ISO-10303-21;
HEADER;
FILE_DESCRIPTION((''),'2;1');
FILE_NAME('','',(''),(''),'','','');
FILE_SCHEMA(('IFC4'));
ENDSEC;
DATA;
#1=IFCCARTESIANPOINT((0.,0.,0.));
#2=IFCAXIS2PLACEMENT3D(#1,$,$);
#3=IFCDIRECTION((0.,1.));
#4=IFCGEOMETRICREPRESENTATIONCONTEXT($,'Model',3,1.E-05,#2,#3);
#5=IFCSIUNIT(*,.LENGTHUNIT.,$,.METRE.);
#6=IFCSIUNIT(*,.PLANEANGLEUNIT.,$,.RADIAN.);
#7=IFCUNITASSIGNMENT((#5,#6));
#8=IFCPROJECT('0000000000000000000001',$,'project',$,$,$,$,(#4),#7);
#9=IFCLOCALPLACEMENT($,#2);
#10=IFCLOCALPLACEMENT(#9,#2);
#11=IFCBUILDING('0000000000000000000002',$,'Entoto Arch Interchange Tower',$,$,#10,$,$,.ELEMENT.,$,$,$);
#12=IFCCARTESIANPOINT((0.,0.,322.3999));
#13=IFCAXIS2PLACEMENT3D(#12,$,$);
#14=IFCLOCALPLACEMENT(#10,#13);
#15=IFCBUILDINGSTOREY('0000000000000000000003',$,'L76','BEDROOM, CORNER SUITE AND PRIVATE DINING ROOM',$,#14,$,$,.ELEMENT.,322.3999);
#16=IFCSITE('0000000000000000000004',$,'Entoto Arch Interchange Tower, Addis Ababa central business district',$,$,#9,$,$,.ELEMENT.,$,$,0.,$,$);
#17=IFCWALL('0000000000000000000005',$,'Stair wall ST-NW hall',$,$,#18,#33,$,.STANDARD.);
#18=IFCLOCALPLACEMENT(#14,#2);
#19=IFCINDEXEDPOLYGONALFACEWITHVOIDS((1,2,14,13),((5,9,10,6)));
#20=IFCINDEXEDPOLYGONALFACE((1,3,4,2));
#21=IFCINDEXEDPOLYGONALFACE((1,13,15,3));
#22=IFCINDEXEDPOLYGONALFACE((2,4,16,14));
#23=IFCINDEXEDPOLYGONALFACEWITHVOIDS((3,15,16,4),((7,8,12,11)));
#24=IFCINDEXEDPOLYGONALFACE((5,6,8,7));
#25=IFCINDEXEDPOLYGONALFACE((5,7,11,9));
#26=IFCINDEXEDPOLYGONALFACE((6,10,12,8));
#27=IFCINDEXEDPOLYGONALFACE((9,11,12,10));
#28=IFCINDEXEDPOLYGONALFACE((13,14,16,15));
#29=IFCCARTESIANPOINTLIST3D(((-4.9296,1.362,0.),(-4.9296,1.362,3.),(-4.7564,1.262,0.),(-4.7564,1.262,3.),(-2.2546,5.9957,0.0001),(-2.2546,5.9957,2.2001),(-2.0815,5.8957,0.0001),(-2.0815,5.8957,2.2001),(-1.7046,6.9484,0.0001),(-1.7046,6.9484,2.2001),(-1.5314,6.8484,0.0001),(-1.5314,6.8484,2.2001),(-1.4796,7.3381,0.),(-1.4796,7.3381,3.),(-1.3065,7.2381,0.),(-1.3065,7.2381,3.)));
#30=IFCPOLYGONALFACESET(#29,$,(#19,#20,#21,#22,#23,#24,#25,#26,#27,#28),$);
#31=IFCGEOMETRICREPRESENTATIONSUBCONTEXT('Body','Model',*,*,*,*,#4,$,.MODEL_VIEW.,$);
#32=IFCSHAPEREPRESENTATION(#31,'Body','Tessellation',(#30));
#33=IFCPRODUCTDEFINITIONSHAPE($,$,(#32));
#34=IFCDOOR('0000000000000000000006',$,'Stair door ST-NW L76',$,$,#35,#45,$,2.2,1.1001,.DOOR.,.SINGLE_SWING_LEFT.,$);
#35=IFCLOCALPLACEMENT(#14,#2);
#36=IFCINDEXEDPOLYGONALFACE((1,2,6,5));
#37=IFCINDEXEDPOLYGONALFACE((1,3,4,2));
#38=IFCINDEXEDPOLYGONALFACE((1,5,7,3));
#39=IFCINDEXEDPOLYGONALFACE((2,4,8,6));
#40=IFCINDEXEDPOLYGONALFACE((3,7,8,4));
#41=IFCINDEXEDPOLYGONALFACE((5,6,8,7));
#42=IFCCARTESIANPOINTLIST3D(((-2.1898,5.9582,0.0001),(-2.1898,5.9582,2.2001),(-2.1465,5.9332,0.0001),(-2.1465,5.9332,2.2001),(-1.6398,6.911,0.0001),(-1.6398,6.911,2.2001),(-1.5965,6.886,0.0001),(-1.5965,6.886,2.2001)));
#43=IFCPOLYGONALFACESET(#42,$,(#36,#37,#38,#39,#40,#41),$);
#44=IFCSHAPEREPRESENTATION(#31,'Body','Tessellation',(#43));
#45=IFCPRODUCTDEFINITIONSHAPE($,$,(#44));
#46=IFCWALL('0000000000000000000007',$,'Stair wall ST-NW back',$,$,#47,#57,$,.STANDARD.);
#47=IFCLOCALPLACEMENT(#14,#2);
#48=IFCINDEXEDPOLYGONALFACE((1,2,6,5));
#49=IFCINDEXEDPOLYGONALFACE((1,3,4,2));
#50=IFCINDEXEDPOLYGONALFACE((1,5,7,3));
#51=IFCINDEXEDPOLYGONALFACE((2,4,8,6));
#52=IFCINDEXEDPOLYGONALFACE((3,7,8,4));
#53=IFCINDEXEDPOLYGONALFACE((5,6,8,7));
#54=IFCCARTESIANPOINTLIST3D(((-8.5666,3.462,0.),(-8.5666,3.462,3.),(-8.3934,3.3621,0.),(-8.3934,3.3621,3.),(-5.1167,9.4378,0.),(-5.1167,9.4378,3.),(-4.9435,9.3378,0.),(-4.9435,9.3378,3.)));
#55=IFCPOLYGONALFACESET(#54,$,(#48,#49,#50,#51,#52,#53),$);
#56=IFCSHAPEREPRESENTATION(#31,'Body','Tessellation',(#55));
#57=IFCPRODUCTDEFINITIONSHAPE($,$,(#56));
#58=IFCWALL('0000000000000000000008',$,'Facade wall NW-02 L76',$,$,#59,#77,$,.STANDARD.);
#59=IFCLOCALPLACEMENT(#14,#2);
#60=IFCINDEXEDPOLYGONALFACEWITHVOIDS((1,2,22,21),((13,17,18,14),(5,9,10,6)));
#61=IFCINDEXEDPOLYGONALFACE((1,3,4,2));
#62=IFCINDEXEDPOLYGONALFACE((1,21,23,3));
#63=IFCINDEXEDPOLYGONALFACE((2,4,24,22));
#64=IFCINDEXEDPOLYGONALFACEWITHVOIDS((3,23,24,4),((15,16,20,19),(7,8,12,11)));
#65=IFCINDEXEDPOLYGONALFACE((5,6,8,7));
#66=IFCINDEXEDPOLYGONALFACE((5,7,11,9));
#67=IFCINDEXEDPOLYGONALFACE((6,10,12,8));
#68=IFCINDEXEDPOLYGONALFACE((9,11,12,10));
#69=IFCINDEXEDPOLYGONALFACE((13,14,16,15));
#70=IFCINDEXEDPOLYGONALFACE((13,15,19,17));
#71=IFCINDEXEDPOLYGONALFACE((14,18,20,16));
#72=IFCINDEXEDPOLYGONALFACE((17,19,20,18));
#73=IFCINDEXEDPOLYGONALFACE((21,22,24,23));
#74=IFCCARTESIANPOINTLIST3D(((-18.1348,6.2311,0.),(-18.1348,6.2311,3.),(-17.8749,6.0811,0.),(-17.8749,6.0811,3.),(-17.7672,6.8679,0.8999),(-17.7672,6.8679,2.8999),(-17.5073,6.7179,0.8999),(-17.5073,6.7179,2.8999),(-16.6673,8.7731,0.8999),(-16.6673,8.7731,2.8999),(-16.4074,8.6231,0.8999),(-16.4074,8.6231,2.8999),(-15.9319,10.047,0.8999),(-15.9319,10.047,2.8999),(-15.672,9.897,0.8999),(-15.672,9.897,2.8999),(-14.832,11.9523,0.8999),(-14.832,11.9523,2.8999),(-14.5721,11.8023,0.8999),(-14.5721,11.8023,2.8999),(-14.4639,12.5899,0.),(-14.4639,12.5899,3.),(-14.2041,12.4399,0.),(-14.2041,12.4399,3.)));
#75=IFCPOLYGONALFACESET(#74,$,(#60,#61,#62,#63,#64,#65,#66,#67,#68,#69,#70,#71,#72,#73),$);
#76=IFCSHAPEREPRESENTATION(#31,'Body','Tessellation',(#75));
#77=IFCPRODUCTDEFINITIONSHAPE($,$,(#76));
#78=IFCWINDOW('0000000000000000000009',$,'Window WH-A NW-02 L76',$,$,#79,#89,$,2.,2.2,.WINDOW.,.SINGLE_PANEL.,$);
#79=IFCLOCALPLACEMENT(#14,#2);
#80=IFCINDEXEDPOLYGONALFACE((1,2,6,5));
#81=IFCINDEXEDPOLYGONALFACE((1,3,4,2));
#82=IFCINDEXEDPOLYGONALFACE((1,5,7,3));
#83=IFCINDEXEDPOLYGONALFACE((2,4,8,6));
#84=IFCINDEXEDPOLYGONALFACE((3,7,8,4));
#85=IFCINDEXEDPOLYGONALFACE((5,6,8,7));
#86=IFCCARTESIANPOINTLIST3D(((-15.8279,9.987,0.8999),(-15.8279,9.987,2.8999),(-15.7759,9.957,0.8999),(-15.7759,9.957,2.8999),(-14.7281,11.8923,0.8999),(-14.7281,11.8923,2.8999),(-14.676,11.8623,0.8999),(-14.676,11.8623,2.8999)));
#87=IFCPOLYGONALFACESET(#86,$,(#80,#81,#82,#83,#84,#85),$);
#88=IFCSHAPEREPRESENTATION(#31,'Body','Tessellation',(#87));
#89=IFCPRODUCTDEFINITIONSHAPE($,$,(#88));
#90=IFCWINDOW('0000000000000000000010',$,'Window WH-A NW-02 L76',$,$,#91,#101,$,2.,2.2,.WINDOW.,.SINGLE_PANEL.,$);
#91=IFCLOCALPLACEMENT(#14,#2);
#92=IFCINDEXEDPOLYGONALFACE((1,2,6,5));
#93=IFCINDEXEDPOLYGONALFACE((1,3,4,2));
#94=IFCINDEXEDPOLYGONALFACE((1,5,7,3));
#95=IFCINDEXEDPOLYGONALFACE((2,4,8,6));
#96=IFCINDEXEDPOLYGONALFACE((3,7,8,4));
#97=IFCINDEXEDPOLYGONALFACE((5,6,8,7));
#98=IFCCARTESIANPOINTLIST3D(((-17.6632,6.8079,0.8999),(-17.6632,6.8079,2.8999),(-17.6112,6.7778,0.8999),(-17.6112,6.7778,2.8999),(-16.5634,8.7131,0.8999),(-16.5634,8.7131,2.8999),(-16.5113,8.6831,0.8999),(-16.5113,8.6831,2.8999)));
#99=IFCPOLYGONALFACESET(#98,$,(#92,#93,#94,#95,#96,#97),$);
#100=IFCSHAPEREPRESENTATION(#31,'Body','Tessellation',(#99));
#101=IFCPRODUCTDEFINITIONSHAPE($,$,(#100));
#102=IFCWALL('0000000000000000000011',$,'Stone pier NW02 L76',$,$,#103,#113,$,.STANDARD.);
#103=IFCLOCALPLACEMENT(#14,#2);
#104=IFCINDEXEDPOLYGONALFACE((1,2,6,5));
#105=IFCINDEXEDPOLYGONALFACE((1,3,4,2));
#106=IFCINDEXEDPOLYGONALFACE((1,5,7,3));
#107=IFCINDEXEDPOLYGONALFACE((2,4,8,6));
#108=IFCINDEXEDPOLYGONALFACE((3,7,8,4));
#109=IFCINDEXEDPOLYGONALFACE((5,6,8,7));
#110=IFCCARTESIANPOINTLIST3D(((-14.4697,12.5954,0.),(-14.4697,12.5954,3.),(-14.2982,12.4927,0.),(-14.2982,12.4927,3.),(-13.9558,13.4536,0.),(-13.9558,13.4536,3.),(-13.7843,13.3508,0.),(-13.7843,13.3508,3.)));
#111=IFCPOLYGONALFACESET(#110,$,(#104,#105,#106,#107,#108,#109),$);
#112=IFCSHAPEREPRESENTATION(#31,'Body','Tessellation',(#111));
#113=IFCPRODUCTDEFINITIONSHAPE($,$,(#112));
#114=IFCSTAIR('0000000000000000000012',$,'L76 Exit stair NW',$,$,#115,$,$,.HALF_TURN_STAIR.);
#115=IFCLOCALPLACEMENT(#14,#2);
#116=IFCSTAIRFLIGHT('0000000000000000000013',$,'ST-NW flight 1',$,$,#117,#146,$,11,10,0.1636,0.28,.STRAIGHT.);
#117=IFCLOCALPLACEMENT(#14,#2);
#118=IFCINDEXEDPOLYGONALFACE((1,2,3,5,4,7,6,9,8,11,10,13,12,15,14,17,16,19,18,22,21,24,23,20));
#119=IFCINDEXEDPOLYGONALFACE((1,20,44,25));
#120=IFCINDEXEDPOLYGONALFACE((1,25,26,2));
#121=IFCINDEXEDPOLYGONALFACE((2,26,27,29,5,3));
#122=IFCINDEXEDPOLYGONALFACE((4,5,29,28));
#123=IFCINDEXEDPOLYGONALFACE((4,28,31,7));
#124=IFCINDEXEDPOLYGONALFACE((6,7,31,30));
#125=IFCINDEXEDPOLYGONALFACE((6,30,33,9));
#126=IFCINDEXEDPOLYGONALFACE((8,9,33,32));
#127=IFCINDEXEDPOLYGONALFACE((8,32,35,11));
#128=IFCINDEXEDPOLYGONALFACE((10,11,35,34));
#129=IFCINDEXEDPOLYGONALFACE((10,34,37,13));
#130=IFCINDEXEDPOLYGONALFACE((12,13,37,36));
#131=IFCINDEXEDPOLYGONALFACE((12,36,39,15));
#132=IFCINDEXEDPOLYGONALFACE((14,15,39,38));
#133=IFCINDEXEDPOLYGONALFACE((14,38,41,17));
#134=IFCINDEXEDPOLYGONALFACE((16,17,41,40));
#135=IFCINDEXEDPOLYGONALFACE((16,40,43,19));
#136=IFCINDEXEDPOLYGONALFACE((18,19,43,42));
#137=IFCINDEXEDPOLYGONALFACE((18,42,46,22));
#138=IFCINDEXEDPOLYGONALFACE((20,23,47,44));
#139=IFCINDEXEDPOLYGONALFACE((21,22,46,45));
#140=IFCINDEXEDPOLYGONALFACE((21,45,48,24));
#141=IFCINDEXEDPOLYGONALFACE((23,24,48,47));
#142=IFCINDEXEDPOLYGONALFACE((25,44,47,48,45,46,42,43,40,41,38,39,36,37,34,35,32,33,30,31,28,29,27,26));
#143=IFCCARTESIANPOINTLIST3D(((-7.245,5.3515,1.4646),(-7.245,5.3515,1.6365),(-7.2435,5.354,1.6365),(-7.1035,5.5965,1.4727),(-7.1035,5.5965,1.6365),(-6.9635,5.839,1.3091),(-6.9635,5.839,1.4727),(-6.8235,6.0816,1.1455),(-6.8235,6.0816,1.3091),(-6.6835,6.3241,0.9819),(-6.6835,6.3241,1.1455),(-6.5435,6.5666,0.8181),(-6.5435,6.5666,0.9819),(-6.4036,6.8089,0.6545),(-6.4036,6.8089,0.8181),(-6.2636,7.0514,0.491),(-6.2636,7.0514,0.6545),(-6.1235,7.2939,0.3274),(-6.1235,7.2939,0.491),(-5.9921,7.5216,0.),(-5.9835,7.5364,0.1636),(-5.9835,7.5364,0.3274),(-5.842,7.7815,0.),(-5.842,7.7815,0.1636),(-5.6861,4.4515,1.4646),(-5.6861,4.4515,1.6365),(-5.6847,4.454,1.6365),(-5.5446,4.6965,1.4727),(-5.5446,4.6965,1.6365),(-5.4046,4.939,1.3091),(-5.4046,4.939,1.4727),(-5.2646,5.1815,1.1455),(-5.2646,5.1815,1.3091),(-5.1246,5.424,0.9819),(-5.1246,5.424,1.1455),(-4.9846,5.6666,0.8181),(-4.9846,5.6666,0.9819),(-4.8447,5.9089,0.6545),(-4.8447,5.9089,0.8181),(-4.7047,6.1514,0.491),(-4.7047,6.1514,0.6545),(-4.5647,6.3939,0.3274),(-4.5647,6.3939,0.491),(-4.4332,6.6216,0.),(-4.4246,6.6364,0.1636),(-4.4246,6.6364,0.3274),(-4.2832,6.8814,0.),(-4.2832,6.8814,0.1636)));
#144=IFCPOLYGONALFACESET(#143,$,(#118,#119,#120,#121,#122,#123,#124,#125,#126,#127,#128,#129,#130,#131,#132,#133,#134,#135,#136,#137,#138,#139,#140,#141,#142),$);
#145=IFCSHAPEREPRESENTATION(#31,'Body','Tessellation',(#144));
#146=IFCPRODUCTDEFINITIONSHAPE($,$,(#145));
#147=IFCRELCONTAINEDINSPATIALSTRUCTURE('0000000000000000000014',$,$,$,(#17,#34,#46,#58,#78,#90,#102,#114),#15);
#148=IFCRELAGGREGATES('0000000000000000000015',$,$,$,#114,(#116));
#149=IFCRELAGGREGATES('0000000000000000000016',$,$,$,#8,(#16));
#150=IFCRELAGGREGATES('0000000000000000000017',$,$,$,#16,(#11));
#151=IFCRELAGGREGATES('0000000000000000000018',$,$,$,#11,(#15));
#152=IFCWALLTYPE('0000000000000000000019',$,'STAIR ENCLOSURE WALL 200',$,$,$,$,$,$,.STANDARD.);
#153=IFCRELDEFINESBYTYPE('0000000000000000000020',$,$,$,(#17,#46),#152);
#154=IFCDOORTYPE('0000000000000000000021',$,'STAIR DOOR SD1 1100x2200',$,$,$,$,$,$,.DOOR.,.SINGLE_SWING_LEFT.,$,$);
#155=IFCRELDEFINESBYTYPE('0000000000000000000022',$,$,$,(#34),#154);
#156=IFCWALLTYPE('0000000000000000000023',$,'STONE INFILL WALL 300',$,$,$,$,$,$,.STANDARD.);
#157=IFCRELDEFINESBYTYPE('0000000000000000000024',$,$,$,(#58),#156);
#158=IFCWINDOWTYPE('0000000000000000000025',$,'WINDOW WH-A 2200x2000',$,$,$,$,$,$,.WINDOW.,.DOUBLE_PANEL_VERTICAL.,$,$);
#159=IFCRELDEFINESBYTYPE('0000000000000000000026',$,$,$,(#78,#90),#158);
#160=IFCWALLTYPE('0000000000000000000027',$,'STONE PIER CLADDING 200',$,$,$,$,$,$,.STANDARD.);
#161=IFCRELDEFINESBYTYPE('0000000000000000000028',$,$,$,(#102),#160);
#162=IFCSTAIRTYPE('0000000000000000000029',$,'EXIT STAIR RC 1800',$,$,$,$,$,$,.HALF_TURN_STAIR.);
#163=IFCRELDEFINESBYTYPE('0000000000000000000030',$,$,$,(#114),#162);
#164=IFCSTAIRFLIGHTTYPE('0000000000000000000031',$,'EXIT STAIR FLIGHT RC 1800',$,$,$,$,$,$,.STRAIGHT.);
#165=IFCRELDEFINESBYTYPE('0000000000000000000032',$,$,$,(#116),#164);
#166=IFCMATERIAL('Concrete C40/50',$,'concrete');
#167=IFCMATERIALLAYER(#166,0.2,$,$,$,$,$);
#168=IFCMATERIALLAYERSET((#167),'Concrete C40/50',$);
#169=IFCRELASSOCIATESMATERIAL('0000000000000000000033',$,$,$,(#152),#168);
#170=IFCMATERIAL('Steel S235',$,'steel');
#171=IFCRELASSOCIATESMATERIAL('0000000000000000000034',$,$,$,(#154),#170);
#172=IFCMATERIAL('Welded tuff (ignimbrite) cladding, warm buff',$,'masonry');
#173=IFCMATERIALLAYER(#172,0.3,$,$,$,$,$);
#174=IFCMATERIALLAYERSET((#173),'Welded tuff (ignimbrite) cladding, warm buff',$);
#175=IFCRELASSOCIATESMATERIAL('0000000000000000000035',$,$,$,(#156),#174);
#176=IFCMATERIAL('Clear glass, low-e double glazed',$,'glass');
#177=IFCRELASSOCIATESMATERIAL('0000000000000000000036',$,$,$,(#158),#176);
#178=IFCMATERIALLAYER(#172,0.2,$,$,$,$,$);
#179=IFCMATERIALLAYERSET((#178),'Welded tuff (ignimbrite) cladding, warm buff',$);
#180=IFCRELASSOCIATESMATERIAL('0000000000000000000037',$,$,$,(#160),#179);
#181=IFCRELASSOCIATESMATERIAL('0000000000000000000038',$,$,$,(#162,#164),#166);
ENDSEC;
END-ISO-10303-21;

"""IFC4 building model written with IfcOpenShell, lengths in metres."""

from ifc_helpers import new_model, si_unit, direction, frame, frame_2d, origin, place, context, subcontext, project, spatial, polyline, rectangle, outline, extrude, material, layer, layer_set, type_object, element, fill, aggregate, save


model = new_model("IFC4")

# Units and contexts
model_context = context("Model", 3, precision=1e-05, world=origin(), true_north=direction((0.0, 1.0)))
body_context = subcontext(model_context, "Body", "Model", "MODEL_VIEW")
ifc_project = project(units=[si_unit("LENGTHUNIT", "METRE"), si_unit("PLANEANGLEUNIT", "RADIAN")], contexts=[model_context])

# Site, building, storey
site_placement = place(None, origin())
site = spatial("IfcSite", under=ifc_project, at=site_placement, Name="Entoto Arch Interchange Tower, Addis Ababa central business district", CompositionType="ELEMENT", RefElevation=0.0)
building_placement = place(site_placement, origin())
building = spatial("IfcBuilding", under=site, at=building_placement, Name="Entoto Arch Interchange Tower", CompositionType="ELEMENT")
storey_placement = place(building_placement, frame((0.0, 0.0, 322.3999)))
storey = spatial("IfcBuildingStorey", under=building, at=storey_placement, Name="L76", Description="BEDROOM, CORNER SUITE AND PRIVATE DINING ROOM", CompositionType="ELEMENT", Elevation=322.3999)

# Shared definitions
ifc_material_1 = material(Name="Concrete C40/50", Category="concrete")

# Wall, opening, door
ifc_layer_1 = layer(ifc_material_1, 0.2)
ifc_layer_set_1 = layer_set([ifc_layer_1], Name="Concrete C40/50")
wall_type_1 = type_object("IfcWallType", Name="STAIR ENCLOSURE WALL 200", PredefinedType="STANDARD", material=ifc_layer_set_1)
ifc_material_2 = material(Name="Steel S235", Category="steel")
door_type_1 = type_object("IfcDoorType", Name="STAIR DOOR SD1 1100x2200", OperationType="SINGLE_SWING_LEFT", PredefinedType="DOOR", material=ifc_material_2)
wall_1_placement = place(storey_placement, frame((-1.3931, 7.2881, 0.0), z_axis=(0.0, 0.0, 1.0), x_axis=(-0.499963, -0.866047, 0.0)))
wall_1 = element("IfcWall", 1, at=wall_1_placement, inside=storey, type_object=wall_type_1, Name="Stair wall ST-NW hall", PredefinedType="STANDARD", context=body_context, shape_type="SweptSolid", body=[
    extrude(rectangle(XDim=6.9004, YDim=0.2, at=frame_2d((3.4502, 0.0))), origin(), (0.0, 0.0, 1.0), 3.0),
])
opening_1_placement = place(wall_1_placement, frame((0.45, 0.0, 0.0)))
opening_1 = element("IfcOpeningElement", 2, at=opening_1_placement, cuts=wall_1, PredefinedType="OPENING", context=body_context, shape_type="SweptSolid", body=[
    extrude(rectangle(XDim=1.1001, YDim=2.2, at=frame_2d((0.55, 1.1001))), frame((0.0, 0.1099, 0.0), z_axis=(0.0, -1.0, 0.0), x_axis=(1.0, 0.0, 0.0)), (0.0, 0.0, 1.0), 0.22),
])
door_1_placement = place(opening_1_placement, origin())
door_1 = element("IfcDoor", 3, at=door_1_placement, inside=storey, type_object=door_type_1, Name="Stair door ST-NW L76", OperationType="SINGLE_SWING_LEFT", OverallHeight=2.2, OverallWidth=1.1001, PredefinedType="DOOR", context=body_context, shape_type="SweptSolid", body=[
    extrude(rectangle(XDim=1.1001, YDim=2.2, at=frame_2d((0.55, 1.1001))), frame((0.0, 0.0249, 0.0), z_axis=(0.0, -1.0, 0.0), x_axis=(1.0, 0.0, 0.0)), (0.0, 0.0, 1.0), 0.05),
])
fill(opening_1, door_1)

# Wall
wall_2_placement = place(storey_placement, frame((-5.03, 9.3879, 0.0), z_axis=(0.0, 0.0, 1.0), x_axis=(-0.499979, -0.866038, 0.0)))
element("IfcWall", 4, at=wall_2_placement, inside=storey, type_object=wall_type_1, Name="Stair wall ST-NW back", PredefinedType="STANDARD", context=body_context, shape_type="SweptSolid", body=[
    extrude(rectangle(XDim=6.9001, YDim=0.2, at=frame_2d((3.4502, 0.0))), origin(), (0.0, 0.0, 1.0), 3.0),
])

# Wall, openings, windows
ifc_material_3 = material(Name="Welded tuff (ignimbrite) cladding, warm buff", Category="masonry")
ifc_layer_2 = layer(ifc_material_3, 0.3)
ifc_layer_set_2 = layer_set([ifc_layer_2], Name="Welded tuff (ignimbrite) cladding, warm buff")
wall_type_2 = type_object("IfcWallType", Name="STONE INFILL WALL 300", PredefinedType="STANDARD", material=ifc_layer_set_2)
wall_3_placement = place(storey_placement, frame((-14.334, 12.5149, 0.0), z_axis=(0.0, 0.0, 1.0), x_axis=(-0.499958, -0.866049, 0.0)))
wall_3 = element("IfcWall", 5, at=wall_3_placement, inside=storey, type_object=wall_type_2, Name="Facade wall NW-02 L76", PredefinedType="STANDARD", context=body_context, shape_type="SweptSolid", body=[
    extrude(rectangle(XDim=7.3423, YDim=0.3, at=frame_2d((3.6711, 0.0))), origin(), (0.0, 0.0, 1.0), 3.0),
])
opening_2_placement = place(wall_3_placement, frame((0.7361, 0.0, 0.8999)))
opening_2 = element("IfcOpeningElement", 6, at=opening_2_placement, cuts=wall_3, PredefinedType="OPENING", context=body_context, shape_type="SweptSolid", body=[
    extrude(rectangle(XDim=2.2, YDim=2.0, at=frame_2d((1.1001, 1.0))), frame((0.0, 0.1602, 0.0), z_axis=(0.0, -1.0, 0.0), x_axis=(1.0, 0.0, 0.0)), (0.0, 0.0, 1.0), 0.3201),
])
opening_3_placement = place(wall_3_placement, frame((4.407, 0.0, 0.8999)))
opening_3 = element("IfcOpeningElement", 7, at=opening_3_placement, cuts=wall_3, PredefinedType="OPENING", context=body_context, shape_type="SweptSolid", body=[
    extrude(rectangle(XDim=2.2, YDim=2.0, at=frame_2d((1.1001, 1.0))), frame((0.0, 0.1602, 0.0), z_axis=(0.0, -1.0, 0.0), x_axis=(1.0, 0.0, 0.0)), (0.0, 0.0, 1.0), 0.3201),
])
ifc_material_4 = material(Name="Clear glass, low-e double glazed", Category="glass")
window_type = type_object("IfcWindowType", Name="WINDOW WH-A 2200x2000", PartitioningType="DOUBLE_PANEL_VERTICAL", PredefinedType="WINDOW", material=ifc_material_4)
window_1_placement = place(opening_2_placement, origin())
window_1 = element("IfcWindow", 8, at=window_1_placement, inside=storey, type_object=window_type, Name="Window WH-A NW-02 L76", OverallHeight=2.0, OverallWidth=2.2, PartitioningType="SINGLE_PANEL", PredefinedType="WINDOW", context=body_context, shape_type="SweptSolid", body=[
    extrude(rectangle(XDim=2.2, YDim=2.0, at=frame_2d((1.1001, 1.0))), frame((0.0, 0.03, 0.0), z_axis=(0.0, -1.0, 0.0), x_axis=(1.0, 0.0, 0.0)), (0.0, 0.0, 1.0), 0.0601),
])
fill(opening_2, window_1)
window_2_placement = place(opening_3_placement, origin())
window_2 = element("IfcWindow", 9, at=window_2_placement, inside=storey, type_object=window_type, Name="Window WH-A NW-02 L76", OverallHeight=2.0, OverallWidth=2.2, PartitioningType="SINGLE_PANEL", PredefinedType="WINDOW", context=body_context, shape_type="SweptSolid", body=[
    extrude(rectangle(XDim=2.2, YDim=2.0, at=frame_2d((1.1001, 1.0))), frame((0.0, 0.03, 0.0), z_axis=(0.0, -1.0, 0.0), x_axis=(1.0, 0.0, 0.0)), (0.0, 0.0, 1.0), 0.0601),
])
fill(opening_3, window_2)

# Wall
ifc_layer_3 = layer(ifc_material_3, 0.2)
ifc_layer_set_3 = layer_set([ifc_layer_3], Name="Welded tuff (ignimbrite) cladding, warm buff")
wall_type_3 = type_object("IfcWallType", Name="STONE PIER CLADDING 200", PredefinedType="STANDARD", material=ifc_layer_set_3)
wall_4_placement = place(storey_placement, frame((-13.8701, 13.4021, 0.0), z_axis=(0.0, 0.0, 1.0), x_axis=(-0.513778, -0.857923, 0.0)))
element("IfcWall", 10, at=wall_4_placement, inside=storey, type_object=wall_type_3, Name="Stone pier NW02 L76", PredefinedType="STANDARD", context=body_context, shape_type="SweptSolid", body=[
    extrude(rectangle(XDim=1.0002, YDim=0.2, at=frame_2d((0.5, 0.0))), origin(), (0.0, 0.0, 1.0), 3.0),
])

# Stair, stair flight
stair_type = type_object("IfcStairType", Name="EXIT STAIR RC 1800", PredefinedType="HALF_TURN_STAIR", material=ifc_material_1)
stair_placement = place(storey_placement, origin())
stair = element("IfcStair", 11, at=stair_placement, inside=storey, type_object=stair_type, Name="L76 Exit stair NW", PredefinedType="HALF_TURN_STAIR")
stair_flight_type = type_object("IfcStairFlightType", Name="EXIT STAIR FLIGHT RC 1800", PredefinedType="STRAIGHT", material=ifc_material_1)
stair_flight_placement = place(storey_placement, frame((-5.064, 7.3289, 0.0), z_axis=(0.0, 0.0, 1.0), x_axis=(-0.5, -0.866025, 0.0)))
stair_flight = element("IfcStairFlight", 12, at=stair_flight_placement, type_object=stair_flight_type, Name="ST-NW flight 1", NumberOfRisers=11, NumberOfTreads=10, PredefinedType="STRAIGHT", RiserHeight=0.1636, TreadLength=0.28, context=body_context, shape_type="SweptSolid", body=[
    extrude(outline(polyline([(-0.0029, 0.0), (-0.0029, 0.1636), (0.28, 0.1636), (0.28, 0.3274), (0.5601, 0.3274), (0.5601, 0.491), (0.8401, 0.491), (0.8401, 0.6545), (1.1201, 0.6545), (1.1201, 0.8181), (1.3999, 0.8181), (1.3999, 0.9819), (1.6799, 0.9819), (1.6799, 1.1455), (1.96, 1.1455), (1.96, 1.3091), (2.24, 1.3091), (2.24, 1.4727), (2.52, 1.4727), (2.52, 1.6365), (2.8, 1.6365), (2.803, 1.6365), (2.803, 1.4646), (0.2971, 0.0), (-0.0029, 0.0)])), frame((0.0, 0.8999, 0.0), z_axis=(0.0, -1.0, 0.0), x_axis=(1.0, 0.0, 0.0)), (0.0, 0.0, 1.0), 1.8),
])
aggregate(stair, [stair_flight])

save(model, "model.ifc")
